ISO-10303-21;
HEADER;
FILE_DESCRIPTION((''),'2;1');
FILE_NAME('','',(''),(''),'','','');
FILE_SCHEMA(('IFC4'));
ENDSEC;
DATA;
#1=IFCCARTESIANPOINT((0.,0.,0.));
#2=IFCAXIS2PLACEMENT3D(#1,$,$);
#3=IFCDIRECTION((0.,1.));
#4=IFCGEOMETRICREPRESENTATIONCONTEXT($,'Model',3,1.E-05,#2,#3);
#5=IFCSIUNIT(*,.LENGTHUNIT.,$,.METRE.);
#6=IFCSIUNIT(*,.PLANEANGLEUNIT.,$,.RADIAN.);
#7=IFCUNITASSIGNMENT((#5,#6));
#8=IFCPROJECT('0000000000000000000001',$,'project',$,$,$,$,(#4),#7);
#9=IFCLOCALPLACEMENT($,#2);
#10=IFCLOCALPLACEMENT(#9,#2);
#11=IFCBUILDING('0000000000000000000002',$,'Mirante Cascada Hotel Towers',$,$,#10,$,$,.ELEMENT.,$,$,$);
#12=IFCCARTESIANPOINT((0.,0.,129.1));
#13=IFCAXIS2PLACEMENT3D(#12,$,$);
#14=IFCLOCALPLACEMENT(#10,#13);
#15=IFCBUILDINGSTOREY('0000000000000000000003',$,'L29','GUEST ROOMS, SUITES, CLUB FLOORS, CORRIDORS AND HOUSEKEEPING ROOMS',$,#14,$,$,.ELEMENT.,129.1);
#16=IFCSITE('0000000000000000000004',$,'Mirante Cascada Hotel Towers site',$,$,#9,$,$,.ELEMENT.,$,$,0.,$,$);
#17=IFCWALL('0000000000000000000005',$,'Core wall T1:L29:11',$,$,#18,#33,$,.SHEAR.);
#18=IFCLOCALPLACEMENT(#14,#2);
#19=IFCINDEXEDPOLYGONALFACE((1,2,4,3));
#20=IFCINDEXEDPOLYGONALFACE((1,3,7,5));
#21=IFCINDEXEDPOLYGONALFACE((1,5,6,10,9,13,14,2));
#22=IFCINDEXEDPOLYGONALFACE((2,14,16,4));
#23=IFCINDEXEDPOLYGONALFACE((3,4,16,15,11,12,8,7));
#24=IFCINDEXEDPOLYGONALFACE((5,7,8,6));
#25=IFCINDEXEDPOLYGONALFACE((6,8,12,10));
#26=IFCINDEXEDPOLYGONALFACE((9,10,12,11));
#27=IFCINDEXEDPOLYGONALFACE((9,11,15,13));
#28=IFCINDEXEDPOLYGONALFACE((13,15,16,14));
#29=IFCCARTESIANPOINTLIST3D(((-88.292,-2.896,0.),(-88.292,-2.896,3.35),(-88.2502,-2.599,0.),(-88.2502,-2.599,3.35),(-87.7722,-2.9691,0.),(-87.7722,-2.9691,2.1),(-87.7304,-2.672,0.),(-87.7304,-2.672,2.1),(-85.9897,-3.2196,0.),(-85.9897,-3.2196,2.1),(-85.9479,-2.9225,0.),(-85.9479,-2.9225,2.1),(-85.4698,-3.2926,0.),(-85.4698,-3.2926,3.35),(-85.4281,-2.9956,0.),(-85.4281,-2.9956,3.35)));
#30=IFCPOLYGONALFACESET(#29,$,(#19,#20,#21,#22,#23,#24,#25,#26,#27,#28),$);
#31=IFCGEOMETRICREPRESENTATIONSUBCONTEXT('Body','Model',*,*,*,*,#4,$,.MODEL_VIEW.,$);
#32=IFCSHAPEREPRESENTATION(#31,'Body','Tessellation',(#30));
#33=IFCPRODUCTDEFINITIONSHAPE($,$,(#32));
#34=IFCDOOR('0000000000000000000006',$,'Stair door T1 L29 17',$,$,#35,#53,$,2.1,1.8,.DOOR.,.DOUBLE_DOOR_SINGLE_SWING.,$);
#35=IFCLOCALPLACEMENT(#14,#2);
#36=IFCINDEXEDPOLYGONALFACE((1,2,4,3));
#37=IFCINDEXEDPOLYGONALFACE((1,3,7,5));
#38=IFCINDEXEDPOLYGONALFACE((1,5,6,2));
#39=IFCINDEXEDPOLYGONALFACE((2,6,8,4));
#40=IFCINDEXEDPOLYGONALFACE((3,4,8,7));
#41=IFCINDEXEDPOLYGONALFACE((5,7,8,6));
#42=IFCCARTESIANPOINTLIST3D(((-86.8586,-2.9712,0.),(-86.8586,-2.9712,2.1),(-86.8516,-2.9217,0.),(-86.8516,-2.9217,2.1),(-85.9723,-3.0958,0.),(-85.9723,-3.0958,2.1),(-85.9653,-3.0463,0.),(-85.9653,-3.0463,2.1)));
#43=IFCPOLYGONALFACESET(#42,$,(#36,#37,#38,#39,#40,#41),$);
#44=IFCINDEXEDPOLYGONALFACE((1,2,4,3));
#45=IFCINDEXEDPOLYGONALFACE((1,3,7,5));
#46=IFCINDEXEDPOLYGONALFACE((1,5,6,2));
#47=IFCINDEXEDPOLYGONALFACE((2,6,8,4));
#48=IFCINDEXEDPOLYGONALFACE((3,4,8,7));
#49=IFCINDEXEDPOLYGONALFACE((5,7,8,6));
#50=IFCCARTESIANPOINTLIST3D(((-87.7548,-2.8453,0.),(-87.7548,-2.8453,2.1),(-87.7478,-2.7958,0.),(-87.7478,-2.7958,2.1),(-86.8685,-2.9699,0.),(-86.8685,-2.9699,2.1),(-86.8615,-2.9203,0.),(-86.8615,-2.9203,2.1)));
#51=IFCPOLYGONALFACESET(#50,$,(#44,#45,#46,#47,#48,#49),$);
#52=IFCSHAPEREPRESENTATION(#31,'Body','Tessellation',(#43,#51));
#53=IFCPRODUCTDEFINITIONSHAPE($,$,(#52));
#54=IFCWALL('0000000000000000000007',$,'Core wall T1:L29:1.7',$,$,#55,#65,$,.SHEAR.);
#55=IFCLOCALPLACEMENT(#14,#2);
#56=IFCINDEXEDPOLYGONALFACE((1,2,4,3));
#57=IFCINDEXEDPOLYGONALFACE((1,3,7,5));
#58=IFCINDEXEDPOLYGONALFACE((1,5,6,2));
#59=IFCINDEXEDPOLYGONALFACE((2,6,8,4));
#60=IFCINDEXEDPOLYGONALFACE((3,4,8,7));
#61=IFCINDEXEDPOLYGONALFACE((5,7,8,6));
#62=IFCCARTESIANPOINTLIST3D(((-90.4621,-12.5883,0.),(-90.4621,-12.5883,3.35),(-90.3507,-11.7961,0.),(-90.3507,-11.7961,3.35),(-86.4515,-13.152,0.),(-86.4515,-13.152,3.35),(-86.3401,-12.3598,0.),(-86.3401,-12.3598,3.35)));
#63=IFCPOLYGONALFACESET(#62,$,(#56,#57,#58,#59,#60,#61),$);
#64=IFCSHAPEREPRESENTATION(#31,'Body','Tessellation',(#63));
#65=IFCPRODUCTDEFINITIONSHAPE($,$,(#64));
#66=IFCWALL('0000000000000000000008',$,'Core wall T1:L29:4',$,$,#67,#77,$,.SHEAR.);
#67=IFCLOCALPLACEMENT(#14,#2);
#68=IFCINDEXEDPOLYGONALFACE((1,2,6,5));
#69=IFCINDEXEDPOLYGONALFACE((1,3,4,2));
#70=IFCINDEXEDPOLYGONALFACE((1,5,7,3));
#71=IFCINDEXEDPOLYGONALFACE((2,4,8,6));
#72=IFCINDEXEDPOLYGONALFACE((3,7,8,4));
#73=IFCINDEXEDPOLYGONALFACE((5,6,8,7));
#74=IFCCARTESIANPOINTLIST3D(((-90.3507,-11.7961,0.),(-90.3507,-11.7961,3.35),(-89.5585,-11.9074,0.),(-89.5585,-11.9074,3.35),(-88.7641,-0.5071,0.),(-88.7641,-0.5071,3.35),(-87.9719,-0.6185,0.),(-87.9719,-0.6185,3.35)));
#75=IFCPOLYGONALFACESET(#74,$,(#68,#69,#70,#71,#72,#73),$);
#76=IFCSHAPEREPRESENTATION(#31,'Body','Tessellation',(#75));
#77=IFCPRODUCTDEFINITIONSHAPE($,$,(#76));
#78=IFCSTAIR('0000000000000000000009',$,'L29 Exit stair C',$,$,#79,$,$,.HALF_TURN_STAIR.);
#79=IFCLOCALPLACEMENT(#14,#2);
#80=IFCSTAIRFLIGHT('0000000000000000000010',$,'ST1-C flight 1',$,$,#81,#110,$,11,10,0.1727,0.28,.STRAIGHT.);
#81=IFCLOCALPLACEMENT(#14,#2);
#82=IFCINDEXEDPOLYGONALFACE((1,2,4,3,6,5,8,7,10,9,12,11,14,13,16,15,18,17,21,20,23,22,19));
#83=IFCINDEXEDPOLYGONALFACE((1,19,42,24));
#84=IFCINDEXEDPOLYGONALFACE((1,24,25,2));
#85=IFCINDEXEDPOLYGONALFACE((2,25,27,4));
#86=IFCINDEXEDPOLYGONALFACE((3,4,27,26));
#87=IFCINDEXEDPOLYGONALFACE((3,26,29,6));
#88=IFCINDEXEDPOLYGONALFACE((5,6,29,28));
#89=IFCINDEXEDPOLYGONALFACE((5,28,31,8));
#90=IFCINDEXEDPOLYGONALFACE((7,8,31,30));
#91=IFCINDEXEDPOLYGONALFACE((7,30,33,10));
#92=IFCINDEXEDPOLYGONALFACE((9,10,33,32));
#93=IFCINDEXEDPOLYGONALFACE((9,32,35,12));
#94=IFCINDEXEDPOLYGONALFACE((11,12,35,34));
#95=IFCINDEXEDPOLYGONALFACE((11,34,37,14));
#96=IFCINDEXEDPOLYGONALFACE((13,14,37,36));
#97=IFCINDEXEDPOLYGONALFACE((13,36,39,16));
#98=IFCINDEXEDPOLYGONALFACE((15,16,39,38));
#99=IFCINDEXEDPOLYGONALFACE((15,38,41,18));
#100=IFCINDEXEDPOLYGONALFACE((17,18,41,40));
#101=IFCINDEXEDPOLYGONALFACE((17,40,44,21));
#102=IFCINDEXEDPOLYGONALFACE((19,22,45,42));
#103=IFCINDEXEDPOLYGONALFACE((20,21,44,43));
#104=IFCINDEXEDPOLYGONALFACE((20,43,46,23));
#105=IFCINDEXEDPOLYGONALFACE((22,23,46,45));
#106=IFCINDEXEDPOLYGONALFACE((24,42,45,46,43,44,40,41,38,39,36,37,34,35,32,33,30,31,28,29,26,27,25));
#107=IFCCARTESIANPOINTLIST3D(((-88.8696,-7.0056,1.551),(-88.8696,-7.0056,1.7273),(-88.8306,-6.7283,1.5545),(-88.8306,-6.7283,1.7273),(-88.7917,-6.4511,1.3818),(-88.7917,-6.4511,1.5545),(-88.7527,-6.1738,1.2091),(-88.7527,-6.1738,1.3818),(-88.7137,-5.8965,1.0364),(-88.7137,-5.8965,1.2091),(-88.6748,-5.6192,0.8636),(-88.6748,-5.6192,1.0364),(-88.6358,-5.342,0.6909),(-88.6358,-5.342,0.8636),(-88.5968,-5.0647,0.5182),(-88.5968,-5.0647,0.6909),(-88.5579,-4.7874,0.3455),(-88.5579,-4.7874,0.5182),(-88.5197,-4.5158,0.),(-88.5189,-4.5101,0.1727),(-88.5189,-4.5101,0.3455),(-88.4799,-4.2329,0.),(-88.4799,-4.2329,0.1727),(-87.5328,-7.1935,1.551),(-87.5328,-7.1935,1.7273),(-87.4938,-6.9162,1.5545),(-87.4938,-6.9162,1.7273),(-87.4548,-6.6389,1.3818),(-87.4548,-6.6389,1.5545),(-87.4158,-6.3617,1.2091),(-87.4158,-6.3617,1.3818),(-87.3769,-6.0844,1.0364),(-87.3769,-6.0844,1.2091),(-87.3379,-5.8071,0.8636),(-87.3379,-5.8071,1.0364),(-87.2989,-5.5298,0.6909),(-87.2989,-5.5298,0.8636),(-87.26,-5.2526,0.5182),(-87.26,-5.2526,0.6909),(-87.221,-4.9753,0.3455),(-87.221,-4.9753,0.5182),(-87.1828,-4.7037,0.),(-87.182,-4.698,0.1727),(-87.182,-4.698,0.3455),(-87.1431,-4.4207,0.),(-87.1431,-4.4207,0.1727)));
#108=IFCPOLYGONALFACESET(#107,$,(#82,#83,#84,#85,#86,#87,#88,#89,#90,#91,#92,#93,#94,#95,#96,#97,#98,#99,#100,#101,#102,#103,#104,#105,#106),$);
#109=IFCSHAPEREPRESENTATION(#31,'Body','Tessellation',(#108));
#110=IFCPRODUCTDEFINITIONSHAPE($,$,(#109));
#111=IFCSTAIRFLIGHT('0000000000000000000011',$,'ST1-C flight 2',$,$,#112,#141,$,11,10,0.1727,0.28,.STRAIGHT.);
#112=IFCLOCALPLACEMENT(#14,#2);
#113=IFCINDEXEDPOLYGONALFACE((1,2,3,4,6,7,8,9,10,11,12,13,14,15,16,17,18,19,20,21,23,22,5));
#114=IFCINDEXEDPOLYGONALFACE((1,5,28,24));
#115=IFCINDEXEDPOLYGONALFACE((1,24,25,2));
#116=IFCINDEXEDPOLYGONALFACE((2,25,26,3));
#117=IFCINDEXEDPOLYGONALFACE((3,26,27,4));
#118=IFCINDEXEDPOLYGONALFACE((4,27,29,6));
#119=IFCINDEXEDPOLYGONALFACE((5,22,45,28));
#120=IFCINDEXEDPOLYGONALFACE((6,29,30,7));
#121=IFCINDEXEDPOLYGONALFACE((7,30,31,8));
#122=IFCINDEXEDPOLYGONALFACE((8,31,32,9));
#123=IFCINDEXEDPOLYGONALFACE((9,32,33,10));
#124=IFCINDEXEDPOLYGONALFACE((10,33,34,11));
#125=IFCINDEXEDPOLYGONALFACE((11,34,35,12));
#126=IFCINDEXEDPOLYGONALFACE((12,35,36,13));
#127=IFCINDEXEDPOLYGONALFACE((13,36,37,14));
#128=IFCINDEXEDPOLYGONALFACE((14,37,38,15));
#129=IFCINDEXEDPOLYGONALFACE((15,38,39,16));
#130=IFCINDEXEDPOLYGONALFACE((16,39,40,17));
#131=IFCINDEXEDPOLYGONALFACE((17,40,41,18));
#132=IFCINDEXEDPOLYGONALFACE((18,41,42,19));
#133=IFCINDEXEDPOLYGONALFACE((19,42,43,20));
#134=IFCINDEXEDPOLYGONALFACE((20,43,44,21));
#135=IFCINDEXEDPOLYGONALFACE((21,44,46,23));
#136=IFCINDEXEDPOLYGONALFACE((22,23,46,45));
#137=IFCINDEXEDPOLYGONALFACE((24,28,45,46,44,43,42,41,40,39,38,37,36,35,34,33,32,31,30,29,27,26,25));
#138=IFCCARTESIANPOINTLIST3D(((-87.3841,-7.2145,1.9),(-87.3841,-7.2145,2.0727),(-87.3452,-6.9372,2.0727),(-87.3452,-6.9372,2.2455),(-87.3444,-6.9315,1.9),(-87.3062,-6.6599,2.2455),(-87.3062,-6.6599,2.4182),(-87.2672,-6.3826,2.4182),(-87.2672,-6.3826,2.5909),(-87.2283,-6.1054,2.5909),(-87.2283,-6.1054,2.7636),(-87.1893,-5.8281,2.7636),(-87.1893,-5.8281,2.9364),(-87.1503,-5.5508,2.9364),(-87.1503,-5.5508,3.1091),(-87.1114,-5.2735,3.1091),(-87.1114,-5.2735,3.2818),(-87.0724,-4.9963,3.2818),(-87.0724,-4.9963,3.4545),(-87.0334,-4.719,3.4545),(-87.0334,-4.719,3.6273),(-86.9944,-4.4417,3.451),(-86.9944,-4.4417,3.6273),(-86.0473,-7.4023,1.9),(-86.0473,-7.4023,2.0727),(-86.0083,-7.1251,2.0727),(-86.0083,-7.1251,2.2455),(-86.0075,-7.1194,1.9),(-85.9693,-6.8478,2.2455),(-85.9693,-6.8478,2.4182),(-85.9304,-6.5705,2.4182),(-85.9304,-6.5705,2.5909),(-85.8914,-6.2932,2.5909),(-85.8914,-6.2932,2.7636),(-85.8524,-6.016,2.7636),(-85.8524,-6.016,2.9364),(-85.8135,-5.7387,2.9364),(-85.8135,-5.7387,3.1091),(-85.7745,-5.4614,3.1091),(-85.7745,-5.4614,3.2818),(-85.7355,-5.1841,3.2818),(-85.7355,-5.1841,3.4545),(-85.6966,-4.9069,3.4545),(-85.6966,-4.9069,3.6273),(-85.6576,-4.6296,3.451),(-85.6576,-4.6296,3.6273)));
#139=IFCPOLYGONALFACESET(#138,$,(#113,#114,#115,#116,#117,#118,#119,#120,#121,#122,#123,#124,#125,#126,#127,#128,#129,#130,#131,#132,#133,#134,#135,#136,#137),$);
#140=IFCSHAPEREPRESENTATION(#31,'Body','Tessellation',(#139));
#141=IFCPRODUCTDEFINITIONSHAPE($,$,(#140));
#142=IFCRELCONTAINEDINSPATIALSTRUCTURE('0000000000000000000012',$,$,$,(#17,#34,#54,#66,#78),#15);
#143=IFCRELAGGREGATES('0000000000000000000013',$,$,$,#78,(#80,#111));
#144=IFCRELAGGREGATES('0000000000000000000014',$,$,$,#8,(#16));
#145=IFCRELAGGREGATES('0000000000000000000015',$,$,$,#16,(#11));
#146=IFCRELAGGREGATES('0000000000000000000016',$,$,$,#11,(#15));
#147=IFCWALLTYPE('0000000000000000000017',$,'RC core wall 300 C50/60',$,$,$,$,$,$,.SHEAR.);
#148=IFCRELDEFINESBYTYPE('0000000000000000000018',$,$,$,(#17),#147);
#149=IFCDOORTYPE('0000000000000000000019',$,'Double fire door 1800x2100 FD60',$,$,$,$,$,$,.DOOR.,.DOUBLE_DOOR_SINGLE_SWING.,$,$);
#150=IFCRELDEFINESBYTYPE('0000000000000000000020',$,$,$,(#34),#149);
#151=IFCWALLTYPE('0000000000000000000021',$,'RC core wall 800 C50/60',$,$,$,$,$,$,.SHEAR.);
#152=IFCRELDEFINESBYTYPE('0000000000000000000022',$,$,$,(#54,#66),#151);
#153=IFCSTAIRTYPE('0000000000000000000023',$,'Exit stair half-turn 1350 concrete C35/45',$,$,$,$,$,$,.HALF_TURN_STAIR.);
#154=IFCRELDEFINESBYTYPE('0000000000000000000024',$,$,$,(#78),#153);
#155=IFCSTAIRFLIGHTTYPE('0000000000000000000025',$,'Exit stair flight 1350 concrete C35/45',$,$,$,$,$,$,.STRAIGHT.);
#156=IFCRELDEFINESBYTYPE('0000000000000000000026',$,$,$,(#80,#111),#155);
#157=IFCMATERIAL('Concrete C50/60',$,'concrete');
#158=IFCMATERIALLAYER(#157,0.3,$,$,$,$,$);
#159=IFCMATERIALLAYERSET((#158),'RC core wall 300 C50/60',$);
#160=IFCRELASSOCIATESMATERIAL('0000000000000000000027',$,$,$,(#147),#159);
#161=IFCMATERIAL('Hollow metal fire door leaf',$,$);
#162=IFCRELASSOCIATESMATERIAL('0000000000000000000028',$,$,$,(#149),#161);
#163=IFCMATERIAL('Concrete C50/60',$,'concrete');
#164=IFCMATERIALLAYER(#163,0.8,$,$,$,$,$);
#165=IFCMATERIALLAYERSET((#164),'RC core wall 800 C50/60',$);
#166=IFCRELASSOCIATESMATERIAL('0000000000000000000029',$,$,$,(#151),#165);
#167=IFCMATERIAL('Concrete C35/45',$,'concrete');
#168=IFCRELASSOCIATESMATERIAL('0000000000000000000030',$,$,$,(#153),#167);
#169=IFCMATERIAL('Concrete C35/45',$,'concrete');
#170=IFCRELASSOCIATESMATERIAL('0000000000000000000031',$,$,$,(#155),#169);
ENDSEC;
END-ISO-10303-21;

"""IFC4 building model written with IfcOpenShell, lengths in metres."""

from ifc_helpers import new_model, si_unit, direction, frame, frame_2d, origin, place, context, subcontext, project, spatial, polyline, rectangle, outline, extrude, material, layer, layer_set, type_object, element, fill, aggregate, save


model = new_model("IFC4")

# Units and contexts
model_context = context("Model", 3, precision=1e-05, world=origin(), true_north=direction((0.0, 1.0)))
body_context = subcontext(model_context, "Body", "Model", "MODEL_VIEW")
ifc_project = project(units=[si_unit("LENGTHUNIT", "METRE"), si_unit("PLANEANGLEUNIT", "RADIAN")], contexts=[model_context])

# Site, building, storey
site_placement = place(None, origin())
site = spatial("IfcSite", under=ifc_project, at=site_placement, Name="Mirante Cascada Hotel Towers site", CompositionType="ELEMENT", RefElevation=0.0)
building_placement = place(site_placement, origin())
building = spatial("IfcBuilding", under=site, at=building_placement, Name="Mirante Cascada Hotel Towers", CompositionType="ELEMENT")
storey_placement = place(building_placement, frame((0.0, 0.0, 129.1)))
storey = spatial("IfcBuildingStorey", under=building, at=storey_placement, Name="L29", Description="GUEST ROOMS, SUITES, CLUB FLOORS, CORRIDORS AND HOUSEKEEPING ROOMS", CompositionType="ELEMENT", Elevation=129.1)

# Shared definitions
ifc_material_1 = material(Name="Concrete C50/60", Category="concrete")
ifc_layer_1 = layer(ifc_material_1, 0.3)
ifc_layer_set_1 = layer_set([ifc_layer_1], Name="RC core wall 300 C50/60")
wall_type_1 = type_object("IfcWallType", Name="RC core wall 300 C50/60", PredefinedType="SHEAR", material=ifc_layer_set_1)

# Wall, opening, door
wall_1_placement = place(storey_placement, frame((-85.4489, -3.1441, 0.0), z_axis=(0.0, 0.0, 1.0), x_axis=(-0.99027, 0.139161, 0.0)))
wall_1 = element("IfcWall", 1, at=wall_1_placement, inside=storey, type_object=wall_type_1, Name="Core wall T1:L29:11", PredefinedType="SHEAR", context=body_context, shape_type="SweptSolid", body=[
    extrude(rectangle(XDim=2.8499, YDim=0.3, at=frame_2d((1.425, 0.0))), origin(), (0.0, 0.0, 1.0), 3.35),
])
opening_1_placement = place(wall_1_placement, frame((0.525, 0.0, 0.0)))
opening_1 = element("IfcOpeningElement", 2, at=opening_1_placement, cuts=wall_1, PredefinedType="OPENING", context=body_context, shape_type="SweptSolid", body=[
    extrude(rectangle(XDim=1.8, YDim=2.1, at=frame_2d((0.9, 1.05))), frame((0.0, 0.15, 0.0), z_axis=(0.0, -1.0, 0.0), x_axis=(1.0, 0.0, 0.0)), (0.0, 0.0, 1.0), 0.3),
])
ifc_material_2 = material(Name="Hollow metal fire door leaf")
door_type_1 = type_object("IfcDoorType", Name="Double fire door 1800x2100 FD60", OperationType="DOUBLE_DOOR_SINGLE_SWING", PredefinedType="DOOR", material=ifc_material_2)
door_1_placement = place(opening_1_placement, origin())
door_1 = element("IfcDoor", 3, at=door_1_placement, inside=storey, type_object=door_type_1, Name="Stair door T1 L29 17", OperationType="DOUBLE_DOOR_SINGLE_SWING", OverallHeight=2.1, OverallWidth=1.8, PredefinedType="DOOR", context=body_context, shape_type="SweptSolid", body=[
    extrude(rectangle(XDim=0.895, YDim=2.1, at=frame_2d((0.4475, 1.05))), frame((0.0, 0.025, 0.0), z_axis=(0.0, -1.0, 0.0), x_axis=(1.0, 0.0, 0.0)), (0.0, 0.0, 1.0), 0.05),
    extrude(rectangle(XDim=0.895, YDim=2.1, at=frame_2d((1.3525, 1.05))), frame((0.0, 0.025, 0.0), z_axis=(0.0, -1.0, 0.0), x_axis=(1.0, 0.0, 0.0)), (0.0, 0.0, 1.0), 0.05),
])
fill(opening_1, door_1)

# Walls
ifc_material_3 = material(Name="Concrete C50/60", Category="concrete")
ifc_layer_2 = layer(ifc_material_3, 0.8)
ifc_layer_set_2 = layer_set([ifc_layer_2], Name="RC core wall 800 C50/60")
wall_type_2 = type_object("IfcWallType", Name="RC core wall 800 C50/60", PredefinedType="SHEAR", material=ifc_layer_set_2)
wall_2_placement = place(storey_placement, frame((-86.3958, -12.7559, 0.0), z_axis=(0.0, 0.0, 1.0), x_axis=(-0.990267, 0.139184, 0.0)))
element("IfcWall", 4, at=wall_2_placement, inside=storey, type_object=wall_type_2, Name="Core wall T1:L29:1.7", PredefinedType="SHEAR", context=body_context, shape_type="SweptSolid", body=[
    extrude(rectangle(XDim=4.05, YDim=0.8, at=frame_2d((2.025, 0.0))), origin(), (0.0, 0.0, 1.0), 3.35),
])
wall_3_placement = place(storey_placement, frame((-89.9546, -11.8518, 0.0), z_axis=(0.0, 0.0, 1.0), x_axis=(0.139176, 0.990268, 0.0)))
element("IfcWall", 5, at=wall_3_placement, inside=storey, type_object=wall_type_2, Name="Core wall T1:L29:4", PredefinedType="SHEAR", context=body_context, shape_type="SweptSolid", body=[
    extrude(rectangle(XDim=11.3999, YDim=0.8, at=frame_2d((5.7, 0.0))), origin(), (0.0, 0.0, 1.0), 3.35),
])

# Stair, stair flights
ifc_material_4 = material(Name="Concrete C35/45", Category="concrete")
stair_type = type_object("IfcStairType", Name="Exit stair half-turn 1350 concrete C35/45", PredefinedType="HALF_TURN_STAIR", material=ifc_material_4)
stair_placement = place(storey_placement, origin())
stair = element("IfcStair", 6, at=stair_placement, inside=storey, type_object=stair_type, Name="L29 Exit stair C", PredefinedType="HALF_TURN_STAIR")
ifc_material_5 = material(Name="Concrete C35/45", Category="concrete")
stair_flight_type = type_object("IfcStairFlightType", Name="Exit stair flight 1350 concrete C35/45", PredefinedType="STRAIGHT", material=ifc_material_5)
stair_flight_1_placement = place(storey_placement, frame((-87.8115, -4.3268, 0.0), z_axis=(0.0, 0.0, 1.0), x_axis=(-0.139173, -0.990268, 0.0)))
stair_flight_1 = element("IfcStairFlight", 7, at=stair_flight_1_placement, type_object=stair_flight_type, Name="ST1-C flight 1", NumberOfRisers=11, NumberOfTreads=10, PredefinedType="STRAIGHT", RiserHeight=0.1727, TreadLength=0.28, context=body_context, shape_type="SweptSolid", body=[
    extrude(outline(polyline([(0.0, 0.0), (0.0, 0.1727), (0.28, 0.1727), (0.28, 0.3455), (0.56, 0.3455), (0.56, 0.5182), (0.84, 0.5182), (0.84, 0.6909), (1.12, 0.6909), (1.12, 0.8636), (1.4, 0.8636), (1.4, 1.0364), (1.68, 1.0364), (1.68, 1.2091), (1.96, 1.2091), (1.96, 1.3818), (2.24, 1.3818), (2.24, 1.5545), (2.52, 1.5545), (2.52, 1.7273), (2.8, 1.7273), (2.8, 1.9), (2.8, 1.551), (0.2857, 0.0), (0.0, 0.0)])), frame((0.0, 0.675, 0.0), z_axis=(0.0, -1.0, 0.0), x_axis=(1.0, 0.0, 0.0)), (0.0, 0.0, 1.0), 1.35),
])
stair_flight_2_placement = place(storey_placement, frame((-86.7157, -7.3084, 1.9), z_axis=(0.0, 0.0, 1.0), x_axis=(0.139173, 0.990268, 0.0)))
stair_flight_2 = element("IfcStairFlight", 8, at=stair_flight_2_placement, type_object=stair_flight_type, Name="ST1-C flight 2", NumberOfRisers=11, NumberOfTreads=10, PredefinedType="STRAIGHT", RiserHeight=0.1727, TreadLength=0.28, context=body_context, shape_type="SweptSolid", body=[
    extrude(outline(polyline([(0.0, 0.0), (0.0, 0.1727), (0.28, 0.1727), (0.28, 0.3455), (0.56, 0.3455), (0.56, 0.5182), (0.84, 0.5182), (0.84, 0.6909), (1.12, 0.6909), (1.12, 0.8636), (1.4, 0.8636), (1.4, 1.0364), (1.68, 1.0364), (1.68, 1.2091), (1.96, 1.2091), (1.96, 1.3818), (2.24, 1.3818), (2.24, 1.5545), (2.52, 1.5545), (2.52, 1.7273), (2.8, 1.7273), (2.8, 1.9), (2.8, 1.551), (0.2857, 0.0), (0.0, 0.0)])), frame((0.0, 0.675, 0.0), z_axis=(0.0, -1.0, 0.0), x_axis=(1.0, 0.0, 0.0)), (0.0, 0.0, 1.0), 1.35),
])
aggregate(stair, [stair_flight_1, stair_flight_2])

save(model, "model.ifc")
